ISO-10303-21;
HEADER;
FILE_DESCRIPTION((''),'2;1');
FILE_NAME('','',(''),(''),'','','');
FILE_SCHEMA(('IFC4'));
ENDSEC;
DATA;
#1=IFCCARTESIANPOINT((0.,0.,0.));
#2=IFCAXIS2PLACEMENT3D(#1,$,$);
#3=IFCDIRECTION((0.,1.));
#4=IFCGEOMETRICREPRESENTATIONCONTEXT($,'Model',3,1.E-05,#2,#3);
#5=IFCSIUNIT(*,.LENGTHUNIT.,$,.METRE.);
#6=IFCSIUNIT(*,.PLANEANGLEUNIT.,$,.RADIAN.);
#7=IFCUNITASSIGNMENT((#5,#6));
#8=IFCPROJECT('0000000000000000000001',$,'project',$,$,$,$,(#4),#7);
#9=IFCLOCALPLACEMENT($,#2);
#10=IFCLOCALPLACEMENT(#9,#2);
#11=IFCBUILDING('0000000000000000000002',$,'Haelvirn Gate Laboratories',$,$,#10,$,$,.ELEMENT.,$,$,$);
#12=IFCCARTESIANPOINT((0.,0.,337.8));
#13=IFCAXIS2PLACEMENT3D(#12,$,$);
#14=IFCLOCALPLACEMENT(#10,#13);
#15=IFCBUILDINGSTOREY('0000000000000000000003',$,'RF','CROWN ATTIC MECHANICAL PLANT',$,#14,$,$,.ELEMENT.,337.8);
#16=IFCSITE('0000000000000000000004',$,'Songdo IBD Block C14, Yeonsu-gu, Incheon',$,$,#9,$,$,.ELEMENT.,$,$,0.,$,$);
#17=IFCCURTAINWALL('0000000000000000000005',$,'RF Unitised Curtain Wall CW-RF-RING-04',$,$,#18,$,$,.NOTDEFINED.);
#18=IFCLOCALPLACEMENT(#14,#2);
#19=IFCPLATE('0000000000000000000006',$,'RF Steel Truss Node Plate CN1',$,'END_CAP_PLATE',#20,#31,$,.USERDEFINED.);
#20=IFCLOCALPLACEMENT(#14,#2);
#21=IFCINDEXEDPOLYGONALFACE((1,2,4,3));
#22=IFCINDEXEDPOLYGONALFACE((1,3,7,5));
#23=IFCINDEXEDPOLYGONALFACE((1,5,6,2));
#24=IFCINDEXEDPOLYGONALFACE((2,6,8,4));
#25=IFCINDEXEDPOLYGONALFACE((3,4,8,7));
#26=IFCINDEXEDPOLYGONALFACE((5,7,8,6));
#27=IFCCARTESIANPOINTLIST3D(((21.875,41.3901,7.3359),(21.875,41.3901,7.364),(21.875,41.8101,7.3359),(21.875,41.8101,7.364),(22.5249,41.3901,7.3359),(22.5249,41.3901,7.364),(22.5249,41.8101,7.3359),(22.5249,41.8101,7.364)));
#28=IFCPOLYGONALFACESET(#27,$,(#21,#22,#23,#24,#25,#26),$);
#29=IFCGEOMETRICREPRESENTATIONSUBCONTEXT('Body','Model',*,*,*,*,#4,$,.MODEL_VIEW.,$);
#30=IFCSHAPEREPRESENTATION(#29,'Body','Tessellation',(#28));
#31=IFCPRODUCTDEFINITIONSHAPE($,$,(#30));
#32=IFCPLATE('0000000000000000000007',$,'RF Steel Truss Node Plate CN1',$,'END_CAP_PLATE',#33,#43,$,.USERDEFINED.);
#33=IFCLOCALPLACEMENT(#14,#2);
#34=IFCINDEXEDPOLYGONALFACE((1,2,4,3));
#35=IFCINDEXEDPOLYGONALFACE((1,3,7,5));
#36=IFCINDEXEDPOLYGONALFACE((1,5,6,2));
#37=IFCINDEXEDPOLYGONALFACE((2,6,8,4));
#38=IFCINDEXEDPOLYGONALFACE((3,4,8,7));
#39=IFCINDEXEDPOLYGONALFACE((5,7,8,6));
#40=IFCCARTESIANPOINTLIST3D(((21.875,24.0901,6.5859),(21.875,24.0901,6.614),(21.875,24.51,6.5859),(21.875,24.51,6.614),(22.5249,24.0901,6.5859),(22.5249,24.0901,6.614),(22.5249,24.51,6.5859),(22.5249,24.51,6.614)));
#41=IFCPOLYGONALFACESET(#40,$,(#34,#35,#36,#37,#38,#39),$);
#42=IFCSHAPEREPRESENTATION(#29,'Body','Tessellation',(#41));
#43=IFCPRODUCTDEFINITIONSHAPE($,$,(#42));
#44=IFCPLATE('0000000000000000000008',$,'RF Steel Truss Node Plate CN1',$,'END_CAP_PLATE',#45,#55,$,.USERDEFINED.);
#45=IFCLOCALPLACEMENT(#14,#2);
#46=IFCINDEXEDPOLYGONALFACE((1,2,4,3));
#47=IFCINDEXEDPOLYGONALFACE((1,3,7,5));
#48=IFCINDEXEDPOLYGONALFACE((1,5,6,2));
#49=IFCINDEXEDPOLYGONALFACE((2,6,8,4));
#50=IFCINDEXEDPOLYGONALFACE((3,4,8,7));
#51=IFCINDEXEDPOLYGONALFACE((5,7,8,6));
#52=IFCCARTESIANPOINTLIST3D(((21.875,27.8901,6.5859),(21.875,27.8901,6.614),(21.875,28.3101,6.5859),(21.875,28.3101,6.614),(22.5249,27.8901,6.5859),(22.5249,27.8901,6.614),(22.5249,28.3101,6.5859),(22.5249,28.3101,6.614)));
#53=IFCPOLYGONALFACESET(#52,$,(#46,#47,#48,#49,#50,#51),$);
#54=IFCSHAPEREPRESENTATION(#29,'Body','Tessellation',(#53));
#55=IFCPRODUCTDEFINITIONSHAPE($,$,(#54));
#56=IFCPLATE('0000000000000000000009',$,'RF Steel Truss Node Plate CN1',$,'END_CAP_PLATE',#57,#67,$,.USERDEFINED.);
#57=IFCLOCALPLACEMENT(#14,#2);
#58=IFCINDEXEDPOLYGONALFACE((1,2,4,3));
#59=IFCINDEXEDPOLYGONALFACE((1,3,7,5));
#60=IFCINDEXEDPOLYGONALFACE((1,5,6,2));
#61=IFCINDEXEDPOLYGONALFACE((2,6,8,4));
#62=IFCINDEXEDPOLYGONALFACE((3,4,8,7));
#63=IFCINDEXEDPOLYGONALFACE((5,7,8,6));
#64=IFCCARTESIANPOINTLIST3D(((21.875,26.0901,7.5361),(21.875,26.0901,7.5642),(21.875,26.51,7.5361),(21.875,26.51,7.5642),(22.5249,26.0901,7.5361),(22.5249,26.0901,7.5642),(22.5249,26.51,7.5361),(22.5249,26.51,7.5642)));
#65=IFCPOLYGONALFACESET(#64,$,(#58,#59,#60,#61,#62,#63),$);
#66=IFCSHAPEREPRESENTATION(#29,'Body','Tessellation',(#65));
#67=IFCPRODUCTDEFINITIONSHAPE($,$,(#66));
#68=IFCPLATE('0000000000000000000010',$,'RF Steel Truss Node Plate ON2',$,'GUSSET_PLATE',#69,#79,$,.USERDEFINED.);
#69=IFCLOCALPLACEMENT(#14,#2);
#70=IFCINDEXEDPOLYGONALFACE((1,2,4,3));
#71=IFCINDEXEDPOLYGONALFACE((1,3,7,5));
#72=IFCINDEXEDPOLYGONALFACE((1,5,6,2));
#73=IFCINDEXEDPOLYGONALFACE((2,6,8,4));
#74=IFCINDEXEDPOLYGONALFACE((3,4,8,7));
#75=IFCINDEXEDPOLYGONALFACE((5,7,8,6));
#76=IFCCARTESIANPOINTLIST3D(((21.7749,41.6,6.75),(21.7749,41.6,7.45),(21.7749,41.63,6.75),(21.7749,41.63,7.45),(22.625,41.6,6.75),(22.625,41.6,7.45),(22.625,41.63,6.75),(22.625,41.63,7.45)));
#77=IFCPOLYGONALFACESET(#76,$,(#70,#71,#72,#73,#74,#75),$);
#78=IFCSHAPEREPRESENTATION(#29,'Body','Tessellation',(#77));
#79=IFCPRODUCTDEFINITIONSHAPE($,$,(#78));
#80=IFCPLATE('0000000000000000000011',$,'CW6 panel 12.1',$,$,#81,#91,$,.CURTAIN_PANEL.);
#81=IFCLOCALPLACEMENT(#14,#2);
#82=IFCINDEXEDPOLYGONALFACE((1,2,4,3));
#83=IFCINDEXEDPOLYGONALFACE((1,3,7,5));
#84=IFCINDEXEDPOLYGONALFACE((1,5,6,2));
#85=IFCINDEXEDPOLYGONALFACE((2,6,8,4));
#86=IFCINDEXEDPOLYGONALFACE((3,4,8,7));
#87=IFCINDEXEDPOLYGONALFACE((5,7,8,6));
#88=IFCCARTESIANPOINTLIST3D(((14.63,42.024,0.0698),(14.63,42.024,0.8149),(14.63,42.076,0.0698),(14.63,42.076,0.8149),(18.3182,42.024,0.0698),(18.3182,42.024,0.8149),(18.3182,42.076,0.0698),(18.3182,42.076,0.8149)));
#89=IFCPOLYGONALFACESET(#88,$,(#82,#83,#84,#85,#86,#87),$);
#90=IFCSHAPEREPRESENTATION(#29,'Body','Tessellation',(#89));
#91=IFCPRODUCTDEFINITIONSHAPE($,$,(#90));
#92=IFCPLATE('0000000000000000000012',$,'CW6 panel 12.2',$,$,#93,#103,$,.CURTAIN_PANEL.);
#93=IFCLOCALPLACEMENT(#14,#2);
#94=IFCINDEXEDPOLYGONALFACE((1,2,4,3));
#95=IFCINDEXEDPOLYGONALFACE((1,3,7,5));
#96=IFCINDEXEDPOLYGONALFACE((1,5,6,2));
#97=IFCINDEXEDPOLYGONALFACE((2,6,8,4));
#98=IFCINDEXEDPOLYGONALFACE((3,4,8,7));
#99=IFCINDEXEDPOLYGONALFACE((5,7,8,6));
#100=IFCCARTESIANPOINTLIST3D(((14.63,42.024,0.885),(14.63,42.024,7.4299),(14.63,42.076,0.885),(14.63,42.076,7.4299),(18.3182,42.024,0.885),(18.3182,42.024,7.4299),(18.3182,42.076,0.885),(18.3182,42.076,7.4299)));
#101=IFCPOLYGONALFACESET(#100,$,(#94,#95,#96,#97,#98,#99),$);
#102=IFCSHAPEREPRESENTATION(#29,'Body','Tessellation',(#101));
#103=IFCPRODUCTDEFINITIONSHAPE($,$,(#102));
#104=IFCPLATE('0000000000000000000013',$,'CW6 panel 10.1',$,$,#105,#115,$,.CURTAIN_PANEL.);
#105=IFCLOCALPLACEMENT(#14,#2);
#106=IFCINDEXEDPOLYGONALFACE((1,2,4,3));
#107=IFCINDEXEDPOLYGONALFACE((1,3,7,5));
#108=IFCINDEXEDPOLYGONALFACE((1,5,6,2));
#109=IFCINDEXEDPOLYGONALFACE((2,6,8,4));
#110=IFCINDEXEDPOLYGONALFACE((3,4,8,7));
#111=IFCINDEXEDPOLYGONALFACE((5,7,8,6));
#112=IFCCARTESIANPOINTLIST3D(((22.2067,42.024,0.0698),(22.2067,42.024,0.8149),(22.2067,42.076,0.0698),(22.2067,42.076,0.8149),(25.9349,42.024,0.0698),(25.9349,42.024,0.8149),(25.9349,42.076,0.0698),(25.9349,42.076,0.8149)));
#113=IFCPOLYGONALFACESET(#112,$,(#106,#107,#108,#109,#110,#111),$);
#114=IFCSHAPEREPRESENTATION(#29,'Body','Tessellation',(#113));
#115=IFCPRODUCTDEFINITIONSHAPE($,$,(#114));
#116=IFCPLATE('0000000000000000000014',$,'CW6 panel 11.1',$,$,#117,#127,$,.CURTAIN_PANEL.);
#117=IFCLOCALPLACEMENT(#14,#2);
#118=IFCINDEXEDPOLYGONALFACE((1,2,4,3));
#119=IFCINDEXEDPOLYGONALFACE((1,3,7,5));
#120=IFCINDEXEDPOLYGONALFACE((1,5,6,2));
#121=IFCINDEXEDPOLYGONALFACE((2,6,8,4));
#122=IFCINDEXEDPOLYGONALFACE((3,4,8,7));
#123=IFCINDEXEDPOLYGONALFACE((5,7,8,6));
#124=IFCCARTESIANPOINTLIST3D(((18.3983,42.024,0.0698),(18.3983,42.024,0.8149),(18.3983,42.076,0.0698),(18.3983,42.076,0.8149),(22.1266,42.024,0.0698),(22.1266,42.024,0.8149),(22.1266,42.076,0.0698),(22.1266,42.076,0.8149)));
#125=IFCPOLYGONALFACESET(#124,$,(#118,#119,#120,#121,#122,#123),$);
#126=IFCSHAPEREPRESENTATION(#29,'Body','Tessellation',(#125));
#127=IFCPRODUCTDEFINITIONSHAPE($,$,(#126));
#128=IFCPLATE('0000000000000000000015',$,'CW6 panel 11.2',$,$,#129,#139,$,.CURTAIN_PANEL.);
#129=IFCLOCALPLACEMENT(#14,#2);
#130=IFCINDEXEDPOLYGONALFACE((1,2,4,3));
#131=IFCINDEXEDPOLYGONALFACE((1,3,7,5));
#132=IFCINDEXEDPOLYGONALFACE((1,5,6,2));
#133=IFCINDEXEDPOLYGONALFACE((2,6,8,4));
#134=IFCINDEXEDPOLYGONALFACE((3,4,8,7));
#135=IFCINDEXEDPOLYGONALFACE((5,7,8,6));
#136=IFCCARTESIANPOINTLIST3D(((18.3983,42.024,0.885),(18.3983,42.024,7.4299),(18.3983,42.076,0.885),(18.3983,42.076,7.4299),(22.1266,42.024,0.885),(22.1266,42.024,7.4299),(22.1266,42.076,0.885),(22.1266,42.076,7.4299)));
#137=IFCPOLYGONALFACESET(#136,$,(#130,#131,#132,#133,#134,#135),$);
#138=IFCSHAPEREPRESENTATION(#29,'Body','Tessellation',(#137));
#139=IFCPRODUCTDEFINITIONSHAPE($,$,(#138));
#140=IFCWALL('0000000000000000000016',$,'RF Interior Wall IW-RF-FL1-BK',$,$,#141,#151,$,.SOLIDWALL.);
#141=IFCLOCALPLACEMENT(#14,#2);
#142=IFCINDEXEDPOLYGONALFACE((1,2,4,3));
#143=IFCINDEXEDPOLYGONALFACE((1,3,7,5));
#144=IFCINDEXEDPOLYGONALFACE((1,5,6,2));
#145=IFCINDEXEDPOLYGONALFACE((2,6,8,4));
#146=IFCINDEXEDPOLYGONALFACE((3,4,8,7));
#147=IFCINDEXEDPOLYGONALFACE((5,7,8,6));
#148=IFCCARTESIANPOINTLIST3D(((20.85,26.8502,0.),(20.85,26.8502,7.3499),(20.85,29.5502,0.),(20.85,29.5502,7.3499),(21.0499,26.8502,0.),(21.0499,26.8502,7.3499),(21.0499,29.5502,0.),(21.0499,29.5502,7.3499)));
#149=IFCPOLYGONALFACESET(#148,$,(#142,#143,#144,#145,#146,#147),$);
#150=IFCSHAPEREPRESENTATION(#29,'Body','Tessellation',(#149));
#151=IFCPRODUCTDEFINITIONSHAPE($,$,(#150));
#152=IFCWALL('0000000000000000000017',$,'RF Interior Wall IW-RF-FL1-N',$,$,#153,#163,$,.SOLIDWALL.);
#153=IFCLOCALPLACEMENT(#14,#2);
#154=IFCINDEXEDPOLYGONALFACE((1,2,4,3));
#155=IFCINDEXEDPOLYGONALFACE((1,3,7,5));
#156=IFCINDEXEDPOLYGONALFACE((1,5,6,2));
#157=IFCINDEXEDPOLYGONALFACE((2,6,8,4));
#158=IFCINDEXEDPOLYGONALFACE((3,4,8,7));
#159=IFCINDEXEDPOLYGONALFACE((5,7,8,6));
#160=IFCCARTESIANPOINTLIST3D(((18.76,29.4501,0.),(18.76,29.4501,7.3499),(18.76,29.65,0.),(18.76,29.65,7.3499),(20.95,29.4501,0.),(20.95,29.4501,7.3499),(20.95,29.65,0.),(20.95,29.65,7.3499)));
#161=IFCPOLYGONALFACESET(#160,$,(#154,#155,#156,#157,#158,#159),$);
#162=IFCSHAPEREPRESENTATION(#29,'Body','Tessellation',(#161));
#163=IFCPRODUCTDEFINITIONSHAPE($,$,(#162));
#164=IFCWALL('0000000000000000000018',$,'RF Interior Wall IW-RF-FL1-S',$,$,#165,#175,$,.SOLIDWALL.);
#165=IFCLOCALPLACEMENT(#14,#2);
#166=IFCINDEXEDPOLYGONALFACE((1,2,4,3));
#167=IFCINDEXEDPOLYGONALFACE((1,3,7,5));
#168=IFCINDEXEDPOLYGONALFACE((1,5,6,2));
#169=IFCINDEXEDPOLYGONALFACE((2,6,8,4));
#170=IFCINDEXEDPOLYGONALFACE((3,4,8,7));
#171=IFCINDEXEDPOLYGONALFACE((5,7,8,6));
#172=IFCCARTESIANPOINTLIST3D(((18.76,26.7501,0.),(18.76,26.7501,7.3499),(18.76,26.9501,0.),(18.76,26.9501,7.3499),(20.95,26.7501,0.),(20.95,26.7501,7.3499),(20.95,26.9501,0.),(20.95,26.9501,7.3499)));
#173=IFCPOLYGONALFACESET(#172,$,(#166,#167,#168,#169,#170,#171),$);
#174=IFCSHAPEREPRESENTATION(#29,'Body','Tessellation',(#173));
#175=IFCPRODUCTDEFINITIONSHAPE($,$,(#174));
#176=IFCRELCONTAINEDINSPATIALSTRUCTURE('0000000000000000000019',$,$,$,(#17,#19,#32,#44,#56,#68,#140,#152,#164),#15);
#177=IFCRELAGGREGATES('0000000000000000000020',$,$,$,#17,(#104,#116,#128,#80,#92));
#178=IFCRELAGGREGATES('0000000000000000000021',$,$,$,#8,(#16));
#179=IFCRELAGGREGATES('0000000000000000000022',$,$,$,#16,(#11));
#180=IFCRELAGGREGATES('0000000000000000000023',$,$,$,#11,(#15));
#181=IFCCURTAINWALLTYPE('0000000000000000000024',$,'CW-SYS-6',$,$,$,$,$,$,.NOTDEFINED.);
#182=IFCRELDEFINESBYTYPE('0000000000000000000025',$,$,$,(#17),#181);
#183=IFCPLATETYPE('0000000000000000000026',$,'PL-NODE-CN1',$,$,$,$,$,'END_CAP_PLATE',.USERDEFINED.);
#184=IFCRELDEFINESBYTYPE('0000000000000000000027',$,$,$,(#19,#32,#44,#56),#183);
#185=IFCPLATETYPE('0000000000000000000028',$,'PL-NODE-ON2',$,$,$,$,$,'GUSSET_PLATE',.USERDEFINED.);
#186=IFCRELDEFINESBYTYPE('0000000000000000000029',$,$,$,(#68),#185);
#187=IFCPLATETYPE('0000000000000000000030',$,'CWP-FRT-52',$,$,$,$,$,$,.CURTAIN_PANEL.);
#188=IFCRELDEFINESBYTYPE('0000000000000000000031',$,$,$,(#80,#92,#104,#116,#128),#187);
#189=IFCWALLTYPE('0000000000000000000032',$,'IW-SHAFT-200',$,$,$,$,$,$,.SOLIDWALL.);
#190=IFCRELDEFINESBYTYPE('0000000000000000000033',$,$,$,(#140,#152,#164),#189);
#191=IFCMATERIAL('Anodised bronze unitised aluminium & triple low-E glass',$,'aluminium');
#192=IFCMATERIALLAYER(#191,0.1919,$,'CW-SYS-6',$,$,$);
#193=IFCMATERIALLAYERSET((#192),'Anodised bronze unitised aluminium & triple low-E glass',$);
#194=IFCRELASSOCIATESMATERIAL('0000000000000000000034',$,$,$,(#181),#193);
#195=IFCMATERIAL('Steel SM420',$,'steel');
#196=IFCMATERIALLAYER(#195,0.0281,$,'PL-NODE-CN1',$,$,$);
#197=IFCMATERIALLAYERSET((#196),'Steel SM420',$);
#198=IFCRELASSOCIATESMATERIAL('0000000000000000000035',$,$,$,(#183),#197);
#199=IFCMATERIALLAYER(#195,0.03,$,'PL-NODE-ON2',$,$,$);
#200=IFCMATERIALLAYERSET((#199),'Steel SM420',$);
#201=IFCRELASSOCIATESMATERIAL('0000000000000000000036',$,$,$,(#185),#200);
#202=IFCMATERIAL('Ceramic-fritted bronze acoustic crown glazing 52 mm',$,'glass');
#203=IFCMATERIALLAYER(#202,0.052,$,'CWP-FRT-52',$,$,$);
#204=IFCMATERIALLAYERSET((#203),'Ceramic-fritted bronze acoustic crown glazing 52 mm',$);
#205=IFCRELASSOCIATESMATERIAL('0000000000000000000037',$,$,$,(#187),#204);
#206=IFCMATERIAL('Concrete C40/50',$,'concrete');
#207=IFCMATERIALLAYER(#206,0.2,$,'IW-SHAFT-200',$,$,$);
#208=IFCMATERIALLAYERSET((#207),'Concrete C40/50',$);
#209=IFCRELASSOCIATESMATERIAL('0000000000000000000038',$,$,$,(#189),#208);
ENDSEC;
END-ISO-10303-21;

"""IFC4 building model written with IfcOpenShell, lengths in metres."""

from ifc_helpers import new_model, si_unit, direction, frame, frame_2d, origin, origin_2d, place, context, subcontext, project, spatial, rectangle, extrude, source, transform, mapped, material, layer, layer_set, type_object, type_shapes, element, aggregate, save


model = new_model("IFC4")

# Units and contexts
model_context = context("Model", 3, precision=1e-05, world=origin(), true_north=direction((0.0, 1.0)))
body_context = subcontext(model_context, "Body", "Model", "MODEL_VIEW")
ifc_project = project(units=[si_unit("LENGTHUNIT", "METRE"), si_unit("PLANEANGLEUNIT", "RADIAN")], contexts=[model_context])

# Site, building, storey
site_placement = place(None, origin())
site = spatial("IfcSite", under=ifc_project, at=site_placement, Name="Songdo IBD Block C14, Yeonsu-gu, Incheon", CompositionType="ELEMENT", RefElevation=0.0)
building_placement = place(site_placement, origin())
building = spatial("IfcBuilding", under=site, at=building_placement, Name="Haelvirn Gate Laboratories", CompositionType="ELEMENT")
storey_placement = place(building_placement, frame((0.0, 0.0, 337.8)))
storey = spatial("IfcBuildingStorey", under=building, at=storey_placement, Name="RF", Description="CROWN ATTIC MECHANICAL PLANT", CompositionType="ELEMENT", Elevation=337.8)

# Shared definitions
ifc_material_1 = material(Name="Steel SM420", Category="steel")

# Curtain wall
ifc_material_2 = material(Name="Anodised bronze unitised aluminium & triple low-E glass", Category="aluminium")
ifc_layer_1 = layer(ifc_material_2, 0.1919, Name="CW-SYS-6")
ifc_layer_set_1 = layer_set([ifc_layer_1], Name="Anodised bronze unitised aluminium & triple low-E glass")
curtain_wall_type = type_object("IfcCurtainWallType", Name="CW-SYS-6", PredefinedType="NOTDEFINED", material=ifc_layer_set_1)
curtain_wall_placement = place(storey_placement, origin())
curtain_wall = element("IfcCurtainWall", 1, at=curtain_wall_placement, inside=storey, type_object=curtain_wall_type, Name="RF Unitised Curtain Wall CW-RF-RING-04", PredefinedType="NOTDEFINED")

# Plates
ifc_layer_2 = layer(ifc_material_1, 0.0281, Name="PL-NODE-CN1")
ifc_layer_set_2 = layer_set([ifc_layer_2], Name="Steel SM420")
plate_type_1 = type_object("IfcPlateType", Name="PL-NODE-CN1", ElementType="END_CAP_PLATE", PredefinedType="USERDEFINED", material=ifc_layer_set_2)
shared_shape_1 = source(origin(), body_context, "Body", "SweptSolid", [
    extrude(rectangle(XDim=0.6499, YDim=0.4199, at=origin_2d()), origin(), (0.0, 0.0, 1.0), 0.0281),
])
type_shapes(plate_type_1, [shared_shape_1])
for number, where, z_axis, x_axis, name in (
    (2, (22.2, 41.6001, 7.3359), (0.0, 0.0, 1.0), (1.0, 0.0, 0.0), "RF Steel Truss Node Plate CN1"),
    (3, (22.2, 24.3, 6.5859), (0.0, 0.0, 1.0), (1.0, 0.0, 0.0), "RF Steel Truss Node Plate CN1"),
    (4, (22.2, 28.1001, 6.5859), (0.0, 0.0, 1.0), (1.0, 0.0, 0.0), "RF Steel Truss Node Plate CN1"),
    (5, (22.2, 26.3, 7.5361), (0.0, 0.0, 1.0), (1.0, 0.0, 0.0), "RF Steel Truss Node Plate CN1"),
):
    element("IfcPlate", number, at=place(storey_placement, frame(where, z_axis=z_axis, x_axis=x_axis)), inside=storey, type_object=plate_type_1, Name=name, ObjectType="END_CAP_PLATE", PredefinedType="USERDEFINED", context=body_context, shape_type="MappedRepresentation", body=[
        mapped(shared_shape_1, transform((0.0, 0.0, 0.0), scale=1.0)),
    ])
ifc_layer_3 = layer(ifc_material_1, 0.03, Name="PL-NODE-ON2")
ifc_layer_set_3 = layer_set([ifc_layer_3], Name="Steel SM420")
plate_type_2 = type_object("IfcPlateType", Name="PL-NODE-ON2", ElementType="GUSSET_PLATE", PredefinedType="USERDEFINED", material=ifc_layer_set_3)
shared_shape_2 = source(origin(), body_context, "Body", "SweptSolid", [
    extrude(rectangle(XDim=0.8501, YDim=0.03, at=origin_2d()), origin(), (0.0, 0.0, 1.0), 0.7),
])
type_shapes(plate_type_2, [shared_shape_2])
plate_1_placement = place(storey_placement, frame((22.2, 41.615, 6.75), z_axis=(0.0, 0.0, 1.0), x_axis=(1.0, 0.0, 0.0)))
element("IfcPlate", 6, at=plate_1_placement, inside=storey, type_object=plate_type_2, Name="RF Steel Truss Node Plate ON2", ObjectType="GUSSET_PLATE", PredefinedType="USERDEFINED", context=body_context, shape_type="MappedRepresentation", body=[
    mapped(shared_shape_2, transform((0.0, 0.0, 0.0), scale=1.0)),
])

# Plates
ifc_material_3 = material(Name="Ceramic-fritted bronze acoustic crown glazing 52 mm", Category="glass")
ifc_layer_4 = layer(ifc_material_3, 0.052, Name="CWP-FRT-52")
ifc_layer_set_4 = layer_set([ifc_layer_4], Name="Ceramic-fritted bronze acoustic crown glazing 52 mm")
plate_type_3 = type_object("IfcPlateType", Name="CWP-FRT-52", PredefinedType="CURTAIN_PANEL", material=ifc_layer_set_4)
shared_shape_3 = source(origin(), body_context, "Body", "SweptSolid", [
    extrude(rectangle(XDim=3.6882, YDim=0.052, at=origin_2d()), origin(), (0.0, 0.0, 1.0), 0.7451),
])
plate_2_placement = place(storey_placement, frame((16.4741, 42.05, 0.0698), z_axis=(0.0, 0.0, 1.0), x_axis=(-1.0, 0.0, 0.0)))
plate_2 = element("IfcPlate", 7, at=plate_2_placement, type_object=plate_type_3, Name="CW6 panel 12.1", PredefinedType="CURTAIN_PANEL", context=body_context, shape_type="MappedRepresentation", body=[
    mapped(shared_shape_3, transform((0.0, 0.0, 0.0), scale=1.0)),
])
shared_shape_4 = source(origin(), body_context, "Body", "SweptSolid", [
    extrude(rectangle(XDim=3.6882, YDim=0.052, at=origin_2d()), origin(), (0.0, 0.0, 1.0), 6.5449),
])
plate_3_placement = place(storey_placement, frame((16.4741, 42.05, 0.885), z_axis=(0.0, 0.0, 1.0), x_axis=(-1.0, 0.0, 0.0)))
plate_3 = element("IfcPlate", 8, at=plate_3_placement, type_object=plate_type_3, Name="CW6 panel 12.2", PredefinedType="CURTAIN_PANEL", context=body_context, shape_type="MappedRepresentation", body=[
    mapped(shared_shape_4, transform((0.0, 0.0, 0.0), scale=1.0)),
])
shared_shape_5 = source(origin(), body_context, "Body", "SweptSolid", [
    extrude(rectangle(XDim=3.7283, YDim=0.052, at=origin_2d()), origin(), (0.0, 0.0, 1.0), 0.7451),
])
plate_4_placement = place(storey_placement, frame((24.0708, 42.05, 0.0698), z_axis=(0.0, 0.0, 1.0), x_axis=(-1.0, 0.0, 0.0)))
plate_4 = element("IfcPlate", 9, at=plate_4_placement, type_object=plate_type_3, Name="CW6 panel 10.1", PredefinedType="CURTAIN_PANEL", context=body_context, shape_type="MappedRepresentation", body=[
    mapped(shared_shape_5, transform((0.0, 0.0, 0.0), scale=1.0)),
])
plate_5_placement = place(storey_placement, frame((20.2625, 42.05, 0.0698), z_axis=(0.0, 0.0, 1.0), x_axis=(-1.0, 0.0, 0.0)))
plate_5 = element("IfcPlate", 10, at=plate_5_placement, type_object=plate_type_3, Name="CW6 panel 11.1", PredefinedType="CURTAIN_PANEL", context=body_context, shape_type="MappedRepresentation", body=[
    mapped(shared_shape_5, transform((0.0, 0.0, 0.0), scale=1.0)),
])
shared_shape_6 = source(origin(), body_context, "Body", "SweptSolid", [
    extrude(rectangle(XDim=3.7283, YDim=0.052, at=origin_2d()), origin(), (0.0, 0.0, 1.0), 6.5449),
])
type_shapes(plate_type_3, [shared_shape_3, shared_shape_4, shared_shape_5, shared_shape_6])
plate_6_placement = place(storey_placement, frame((20.2625, 42.05, 0.885), z_axis=(0.0, 0.0, 1.0), x_axis=(-1.0, 0.0, 0.0)))
plate_6 = element("IfcPlate", 11, at=plate_6_placement, type_object=plate_type_3, Name="CW6 panel 11.2", PredefinedType="CURTAIN_PANEL", context=body_context, shape_type="MappedRepresentation", body=[
    mapped(shared_shape_6, transform((0.0, 0.0, 0.0), scale=1.0)),
])
aggregate(curtain_wall, [plate_4, plate_5, plate_6, plate_2, plate_3])

# Walls
ifc_material_4 = material(Name="Concrete C40/50", Category="concrete")
ifc_layer_5 = layer(ifc_material_4, 0.2, Name="IW-SHAFT-200")
ifc_layer_set_5 = layer_set([ifc_layer_5], Name="Concrete C40/50")
wall_type_1 = type_object("IfcWallType", Name="IW-SHAFT-200", PredefinedType="SOLIDWALL", material=ifc_layer_set_5)
wall_1_placement = place(storey_placement, frame((20.95, 26.8501, 0.0), z_axis=(0.0, 0.0, 1.0), x_axis=(0.0, 1.0, 0.0)))
element("IfcWall", 12, at=wall_1_placement, inside=storey, type_object=wall_type_1, Name="RF Interior Wall IW-RF-FL1-BK", PredefinedType="SOLIDWALL", context=body_context, shape_type="SweptSolid", body=[
    extrude(rectangle(XDim=2.7, YDim=0.2, at=frame_2d((1.3501, 0.0))), origin(), (0.0, 0.0, 1.0), 7.3499),
])
for number, where, z_axis, x_axis, name in (
    (13, (18.76, 29.55, 0.0), (0.0, 0.0, 1.0), (1.0, 0.0, 0.0), "RF Interior Wall IW-RF-FL1-N"),
    (14, (18.76, 26.8501, 0.0), (0.0, 0.0, 1.0), (1.0, 0.0, 0.0), "RF Interior Wall IW-RF-FL1-S"),
):
    element("IfcWall", number, at=place(storey_placement, frame(where, z_axis=z_axis, x_axis=x_axis)), inside=storey, type_object=wall_type_1, Name=name, PredefinedType="SOLIDWALL", context=body_context, shape_type="SweptSolid", body=[
        extrude(rectangle(XDim=2.1899, YDim=0.2, at=frame_2d((1.095, 0.0))), origin(), (0.0, 0.0, 1.0), 7.3499),
    ])

save(model, "model.ifc")
